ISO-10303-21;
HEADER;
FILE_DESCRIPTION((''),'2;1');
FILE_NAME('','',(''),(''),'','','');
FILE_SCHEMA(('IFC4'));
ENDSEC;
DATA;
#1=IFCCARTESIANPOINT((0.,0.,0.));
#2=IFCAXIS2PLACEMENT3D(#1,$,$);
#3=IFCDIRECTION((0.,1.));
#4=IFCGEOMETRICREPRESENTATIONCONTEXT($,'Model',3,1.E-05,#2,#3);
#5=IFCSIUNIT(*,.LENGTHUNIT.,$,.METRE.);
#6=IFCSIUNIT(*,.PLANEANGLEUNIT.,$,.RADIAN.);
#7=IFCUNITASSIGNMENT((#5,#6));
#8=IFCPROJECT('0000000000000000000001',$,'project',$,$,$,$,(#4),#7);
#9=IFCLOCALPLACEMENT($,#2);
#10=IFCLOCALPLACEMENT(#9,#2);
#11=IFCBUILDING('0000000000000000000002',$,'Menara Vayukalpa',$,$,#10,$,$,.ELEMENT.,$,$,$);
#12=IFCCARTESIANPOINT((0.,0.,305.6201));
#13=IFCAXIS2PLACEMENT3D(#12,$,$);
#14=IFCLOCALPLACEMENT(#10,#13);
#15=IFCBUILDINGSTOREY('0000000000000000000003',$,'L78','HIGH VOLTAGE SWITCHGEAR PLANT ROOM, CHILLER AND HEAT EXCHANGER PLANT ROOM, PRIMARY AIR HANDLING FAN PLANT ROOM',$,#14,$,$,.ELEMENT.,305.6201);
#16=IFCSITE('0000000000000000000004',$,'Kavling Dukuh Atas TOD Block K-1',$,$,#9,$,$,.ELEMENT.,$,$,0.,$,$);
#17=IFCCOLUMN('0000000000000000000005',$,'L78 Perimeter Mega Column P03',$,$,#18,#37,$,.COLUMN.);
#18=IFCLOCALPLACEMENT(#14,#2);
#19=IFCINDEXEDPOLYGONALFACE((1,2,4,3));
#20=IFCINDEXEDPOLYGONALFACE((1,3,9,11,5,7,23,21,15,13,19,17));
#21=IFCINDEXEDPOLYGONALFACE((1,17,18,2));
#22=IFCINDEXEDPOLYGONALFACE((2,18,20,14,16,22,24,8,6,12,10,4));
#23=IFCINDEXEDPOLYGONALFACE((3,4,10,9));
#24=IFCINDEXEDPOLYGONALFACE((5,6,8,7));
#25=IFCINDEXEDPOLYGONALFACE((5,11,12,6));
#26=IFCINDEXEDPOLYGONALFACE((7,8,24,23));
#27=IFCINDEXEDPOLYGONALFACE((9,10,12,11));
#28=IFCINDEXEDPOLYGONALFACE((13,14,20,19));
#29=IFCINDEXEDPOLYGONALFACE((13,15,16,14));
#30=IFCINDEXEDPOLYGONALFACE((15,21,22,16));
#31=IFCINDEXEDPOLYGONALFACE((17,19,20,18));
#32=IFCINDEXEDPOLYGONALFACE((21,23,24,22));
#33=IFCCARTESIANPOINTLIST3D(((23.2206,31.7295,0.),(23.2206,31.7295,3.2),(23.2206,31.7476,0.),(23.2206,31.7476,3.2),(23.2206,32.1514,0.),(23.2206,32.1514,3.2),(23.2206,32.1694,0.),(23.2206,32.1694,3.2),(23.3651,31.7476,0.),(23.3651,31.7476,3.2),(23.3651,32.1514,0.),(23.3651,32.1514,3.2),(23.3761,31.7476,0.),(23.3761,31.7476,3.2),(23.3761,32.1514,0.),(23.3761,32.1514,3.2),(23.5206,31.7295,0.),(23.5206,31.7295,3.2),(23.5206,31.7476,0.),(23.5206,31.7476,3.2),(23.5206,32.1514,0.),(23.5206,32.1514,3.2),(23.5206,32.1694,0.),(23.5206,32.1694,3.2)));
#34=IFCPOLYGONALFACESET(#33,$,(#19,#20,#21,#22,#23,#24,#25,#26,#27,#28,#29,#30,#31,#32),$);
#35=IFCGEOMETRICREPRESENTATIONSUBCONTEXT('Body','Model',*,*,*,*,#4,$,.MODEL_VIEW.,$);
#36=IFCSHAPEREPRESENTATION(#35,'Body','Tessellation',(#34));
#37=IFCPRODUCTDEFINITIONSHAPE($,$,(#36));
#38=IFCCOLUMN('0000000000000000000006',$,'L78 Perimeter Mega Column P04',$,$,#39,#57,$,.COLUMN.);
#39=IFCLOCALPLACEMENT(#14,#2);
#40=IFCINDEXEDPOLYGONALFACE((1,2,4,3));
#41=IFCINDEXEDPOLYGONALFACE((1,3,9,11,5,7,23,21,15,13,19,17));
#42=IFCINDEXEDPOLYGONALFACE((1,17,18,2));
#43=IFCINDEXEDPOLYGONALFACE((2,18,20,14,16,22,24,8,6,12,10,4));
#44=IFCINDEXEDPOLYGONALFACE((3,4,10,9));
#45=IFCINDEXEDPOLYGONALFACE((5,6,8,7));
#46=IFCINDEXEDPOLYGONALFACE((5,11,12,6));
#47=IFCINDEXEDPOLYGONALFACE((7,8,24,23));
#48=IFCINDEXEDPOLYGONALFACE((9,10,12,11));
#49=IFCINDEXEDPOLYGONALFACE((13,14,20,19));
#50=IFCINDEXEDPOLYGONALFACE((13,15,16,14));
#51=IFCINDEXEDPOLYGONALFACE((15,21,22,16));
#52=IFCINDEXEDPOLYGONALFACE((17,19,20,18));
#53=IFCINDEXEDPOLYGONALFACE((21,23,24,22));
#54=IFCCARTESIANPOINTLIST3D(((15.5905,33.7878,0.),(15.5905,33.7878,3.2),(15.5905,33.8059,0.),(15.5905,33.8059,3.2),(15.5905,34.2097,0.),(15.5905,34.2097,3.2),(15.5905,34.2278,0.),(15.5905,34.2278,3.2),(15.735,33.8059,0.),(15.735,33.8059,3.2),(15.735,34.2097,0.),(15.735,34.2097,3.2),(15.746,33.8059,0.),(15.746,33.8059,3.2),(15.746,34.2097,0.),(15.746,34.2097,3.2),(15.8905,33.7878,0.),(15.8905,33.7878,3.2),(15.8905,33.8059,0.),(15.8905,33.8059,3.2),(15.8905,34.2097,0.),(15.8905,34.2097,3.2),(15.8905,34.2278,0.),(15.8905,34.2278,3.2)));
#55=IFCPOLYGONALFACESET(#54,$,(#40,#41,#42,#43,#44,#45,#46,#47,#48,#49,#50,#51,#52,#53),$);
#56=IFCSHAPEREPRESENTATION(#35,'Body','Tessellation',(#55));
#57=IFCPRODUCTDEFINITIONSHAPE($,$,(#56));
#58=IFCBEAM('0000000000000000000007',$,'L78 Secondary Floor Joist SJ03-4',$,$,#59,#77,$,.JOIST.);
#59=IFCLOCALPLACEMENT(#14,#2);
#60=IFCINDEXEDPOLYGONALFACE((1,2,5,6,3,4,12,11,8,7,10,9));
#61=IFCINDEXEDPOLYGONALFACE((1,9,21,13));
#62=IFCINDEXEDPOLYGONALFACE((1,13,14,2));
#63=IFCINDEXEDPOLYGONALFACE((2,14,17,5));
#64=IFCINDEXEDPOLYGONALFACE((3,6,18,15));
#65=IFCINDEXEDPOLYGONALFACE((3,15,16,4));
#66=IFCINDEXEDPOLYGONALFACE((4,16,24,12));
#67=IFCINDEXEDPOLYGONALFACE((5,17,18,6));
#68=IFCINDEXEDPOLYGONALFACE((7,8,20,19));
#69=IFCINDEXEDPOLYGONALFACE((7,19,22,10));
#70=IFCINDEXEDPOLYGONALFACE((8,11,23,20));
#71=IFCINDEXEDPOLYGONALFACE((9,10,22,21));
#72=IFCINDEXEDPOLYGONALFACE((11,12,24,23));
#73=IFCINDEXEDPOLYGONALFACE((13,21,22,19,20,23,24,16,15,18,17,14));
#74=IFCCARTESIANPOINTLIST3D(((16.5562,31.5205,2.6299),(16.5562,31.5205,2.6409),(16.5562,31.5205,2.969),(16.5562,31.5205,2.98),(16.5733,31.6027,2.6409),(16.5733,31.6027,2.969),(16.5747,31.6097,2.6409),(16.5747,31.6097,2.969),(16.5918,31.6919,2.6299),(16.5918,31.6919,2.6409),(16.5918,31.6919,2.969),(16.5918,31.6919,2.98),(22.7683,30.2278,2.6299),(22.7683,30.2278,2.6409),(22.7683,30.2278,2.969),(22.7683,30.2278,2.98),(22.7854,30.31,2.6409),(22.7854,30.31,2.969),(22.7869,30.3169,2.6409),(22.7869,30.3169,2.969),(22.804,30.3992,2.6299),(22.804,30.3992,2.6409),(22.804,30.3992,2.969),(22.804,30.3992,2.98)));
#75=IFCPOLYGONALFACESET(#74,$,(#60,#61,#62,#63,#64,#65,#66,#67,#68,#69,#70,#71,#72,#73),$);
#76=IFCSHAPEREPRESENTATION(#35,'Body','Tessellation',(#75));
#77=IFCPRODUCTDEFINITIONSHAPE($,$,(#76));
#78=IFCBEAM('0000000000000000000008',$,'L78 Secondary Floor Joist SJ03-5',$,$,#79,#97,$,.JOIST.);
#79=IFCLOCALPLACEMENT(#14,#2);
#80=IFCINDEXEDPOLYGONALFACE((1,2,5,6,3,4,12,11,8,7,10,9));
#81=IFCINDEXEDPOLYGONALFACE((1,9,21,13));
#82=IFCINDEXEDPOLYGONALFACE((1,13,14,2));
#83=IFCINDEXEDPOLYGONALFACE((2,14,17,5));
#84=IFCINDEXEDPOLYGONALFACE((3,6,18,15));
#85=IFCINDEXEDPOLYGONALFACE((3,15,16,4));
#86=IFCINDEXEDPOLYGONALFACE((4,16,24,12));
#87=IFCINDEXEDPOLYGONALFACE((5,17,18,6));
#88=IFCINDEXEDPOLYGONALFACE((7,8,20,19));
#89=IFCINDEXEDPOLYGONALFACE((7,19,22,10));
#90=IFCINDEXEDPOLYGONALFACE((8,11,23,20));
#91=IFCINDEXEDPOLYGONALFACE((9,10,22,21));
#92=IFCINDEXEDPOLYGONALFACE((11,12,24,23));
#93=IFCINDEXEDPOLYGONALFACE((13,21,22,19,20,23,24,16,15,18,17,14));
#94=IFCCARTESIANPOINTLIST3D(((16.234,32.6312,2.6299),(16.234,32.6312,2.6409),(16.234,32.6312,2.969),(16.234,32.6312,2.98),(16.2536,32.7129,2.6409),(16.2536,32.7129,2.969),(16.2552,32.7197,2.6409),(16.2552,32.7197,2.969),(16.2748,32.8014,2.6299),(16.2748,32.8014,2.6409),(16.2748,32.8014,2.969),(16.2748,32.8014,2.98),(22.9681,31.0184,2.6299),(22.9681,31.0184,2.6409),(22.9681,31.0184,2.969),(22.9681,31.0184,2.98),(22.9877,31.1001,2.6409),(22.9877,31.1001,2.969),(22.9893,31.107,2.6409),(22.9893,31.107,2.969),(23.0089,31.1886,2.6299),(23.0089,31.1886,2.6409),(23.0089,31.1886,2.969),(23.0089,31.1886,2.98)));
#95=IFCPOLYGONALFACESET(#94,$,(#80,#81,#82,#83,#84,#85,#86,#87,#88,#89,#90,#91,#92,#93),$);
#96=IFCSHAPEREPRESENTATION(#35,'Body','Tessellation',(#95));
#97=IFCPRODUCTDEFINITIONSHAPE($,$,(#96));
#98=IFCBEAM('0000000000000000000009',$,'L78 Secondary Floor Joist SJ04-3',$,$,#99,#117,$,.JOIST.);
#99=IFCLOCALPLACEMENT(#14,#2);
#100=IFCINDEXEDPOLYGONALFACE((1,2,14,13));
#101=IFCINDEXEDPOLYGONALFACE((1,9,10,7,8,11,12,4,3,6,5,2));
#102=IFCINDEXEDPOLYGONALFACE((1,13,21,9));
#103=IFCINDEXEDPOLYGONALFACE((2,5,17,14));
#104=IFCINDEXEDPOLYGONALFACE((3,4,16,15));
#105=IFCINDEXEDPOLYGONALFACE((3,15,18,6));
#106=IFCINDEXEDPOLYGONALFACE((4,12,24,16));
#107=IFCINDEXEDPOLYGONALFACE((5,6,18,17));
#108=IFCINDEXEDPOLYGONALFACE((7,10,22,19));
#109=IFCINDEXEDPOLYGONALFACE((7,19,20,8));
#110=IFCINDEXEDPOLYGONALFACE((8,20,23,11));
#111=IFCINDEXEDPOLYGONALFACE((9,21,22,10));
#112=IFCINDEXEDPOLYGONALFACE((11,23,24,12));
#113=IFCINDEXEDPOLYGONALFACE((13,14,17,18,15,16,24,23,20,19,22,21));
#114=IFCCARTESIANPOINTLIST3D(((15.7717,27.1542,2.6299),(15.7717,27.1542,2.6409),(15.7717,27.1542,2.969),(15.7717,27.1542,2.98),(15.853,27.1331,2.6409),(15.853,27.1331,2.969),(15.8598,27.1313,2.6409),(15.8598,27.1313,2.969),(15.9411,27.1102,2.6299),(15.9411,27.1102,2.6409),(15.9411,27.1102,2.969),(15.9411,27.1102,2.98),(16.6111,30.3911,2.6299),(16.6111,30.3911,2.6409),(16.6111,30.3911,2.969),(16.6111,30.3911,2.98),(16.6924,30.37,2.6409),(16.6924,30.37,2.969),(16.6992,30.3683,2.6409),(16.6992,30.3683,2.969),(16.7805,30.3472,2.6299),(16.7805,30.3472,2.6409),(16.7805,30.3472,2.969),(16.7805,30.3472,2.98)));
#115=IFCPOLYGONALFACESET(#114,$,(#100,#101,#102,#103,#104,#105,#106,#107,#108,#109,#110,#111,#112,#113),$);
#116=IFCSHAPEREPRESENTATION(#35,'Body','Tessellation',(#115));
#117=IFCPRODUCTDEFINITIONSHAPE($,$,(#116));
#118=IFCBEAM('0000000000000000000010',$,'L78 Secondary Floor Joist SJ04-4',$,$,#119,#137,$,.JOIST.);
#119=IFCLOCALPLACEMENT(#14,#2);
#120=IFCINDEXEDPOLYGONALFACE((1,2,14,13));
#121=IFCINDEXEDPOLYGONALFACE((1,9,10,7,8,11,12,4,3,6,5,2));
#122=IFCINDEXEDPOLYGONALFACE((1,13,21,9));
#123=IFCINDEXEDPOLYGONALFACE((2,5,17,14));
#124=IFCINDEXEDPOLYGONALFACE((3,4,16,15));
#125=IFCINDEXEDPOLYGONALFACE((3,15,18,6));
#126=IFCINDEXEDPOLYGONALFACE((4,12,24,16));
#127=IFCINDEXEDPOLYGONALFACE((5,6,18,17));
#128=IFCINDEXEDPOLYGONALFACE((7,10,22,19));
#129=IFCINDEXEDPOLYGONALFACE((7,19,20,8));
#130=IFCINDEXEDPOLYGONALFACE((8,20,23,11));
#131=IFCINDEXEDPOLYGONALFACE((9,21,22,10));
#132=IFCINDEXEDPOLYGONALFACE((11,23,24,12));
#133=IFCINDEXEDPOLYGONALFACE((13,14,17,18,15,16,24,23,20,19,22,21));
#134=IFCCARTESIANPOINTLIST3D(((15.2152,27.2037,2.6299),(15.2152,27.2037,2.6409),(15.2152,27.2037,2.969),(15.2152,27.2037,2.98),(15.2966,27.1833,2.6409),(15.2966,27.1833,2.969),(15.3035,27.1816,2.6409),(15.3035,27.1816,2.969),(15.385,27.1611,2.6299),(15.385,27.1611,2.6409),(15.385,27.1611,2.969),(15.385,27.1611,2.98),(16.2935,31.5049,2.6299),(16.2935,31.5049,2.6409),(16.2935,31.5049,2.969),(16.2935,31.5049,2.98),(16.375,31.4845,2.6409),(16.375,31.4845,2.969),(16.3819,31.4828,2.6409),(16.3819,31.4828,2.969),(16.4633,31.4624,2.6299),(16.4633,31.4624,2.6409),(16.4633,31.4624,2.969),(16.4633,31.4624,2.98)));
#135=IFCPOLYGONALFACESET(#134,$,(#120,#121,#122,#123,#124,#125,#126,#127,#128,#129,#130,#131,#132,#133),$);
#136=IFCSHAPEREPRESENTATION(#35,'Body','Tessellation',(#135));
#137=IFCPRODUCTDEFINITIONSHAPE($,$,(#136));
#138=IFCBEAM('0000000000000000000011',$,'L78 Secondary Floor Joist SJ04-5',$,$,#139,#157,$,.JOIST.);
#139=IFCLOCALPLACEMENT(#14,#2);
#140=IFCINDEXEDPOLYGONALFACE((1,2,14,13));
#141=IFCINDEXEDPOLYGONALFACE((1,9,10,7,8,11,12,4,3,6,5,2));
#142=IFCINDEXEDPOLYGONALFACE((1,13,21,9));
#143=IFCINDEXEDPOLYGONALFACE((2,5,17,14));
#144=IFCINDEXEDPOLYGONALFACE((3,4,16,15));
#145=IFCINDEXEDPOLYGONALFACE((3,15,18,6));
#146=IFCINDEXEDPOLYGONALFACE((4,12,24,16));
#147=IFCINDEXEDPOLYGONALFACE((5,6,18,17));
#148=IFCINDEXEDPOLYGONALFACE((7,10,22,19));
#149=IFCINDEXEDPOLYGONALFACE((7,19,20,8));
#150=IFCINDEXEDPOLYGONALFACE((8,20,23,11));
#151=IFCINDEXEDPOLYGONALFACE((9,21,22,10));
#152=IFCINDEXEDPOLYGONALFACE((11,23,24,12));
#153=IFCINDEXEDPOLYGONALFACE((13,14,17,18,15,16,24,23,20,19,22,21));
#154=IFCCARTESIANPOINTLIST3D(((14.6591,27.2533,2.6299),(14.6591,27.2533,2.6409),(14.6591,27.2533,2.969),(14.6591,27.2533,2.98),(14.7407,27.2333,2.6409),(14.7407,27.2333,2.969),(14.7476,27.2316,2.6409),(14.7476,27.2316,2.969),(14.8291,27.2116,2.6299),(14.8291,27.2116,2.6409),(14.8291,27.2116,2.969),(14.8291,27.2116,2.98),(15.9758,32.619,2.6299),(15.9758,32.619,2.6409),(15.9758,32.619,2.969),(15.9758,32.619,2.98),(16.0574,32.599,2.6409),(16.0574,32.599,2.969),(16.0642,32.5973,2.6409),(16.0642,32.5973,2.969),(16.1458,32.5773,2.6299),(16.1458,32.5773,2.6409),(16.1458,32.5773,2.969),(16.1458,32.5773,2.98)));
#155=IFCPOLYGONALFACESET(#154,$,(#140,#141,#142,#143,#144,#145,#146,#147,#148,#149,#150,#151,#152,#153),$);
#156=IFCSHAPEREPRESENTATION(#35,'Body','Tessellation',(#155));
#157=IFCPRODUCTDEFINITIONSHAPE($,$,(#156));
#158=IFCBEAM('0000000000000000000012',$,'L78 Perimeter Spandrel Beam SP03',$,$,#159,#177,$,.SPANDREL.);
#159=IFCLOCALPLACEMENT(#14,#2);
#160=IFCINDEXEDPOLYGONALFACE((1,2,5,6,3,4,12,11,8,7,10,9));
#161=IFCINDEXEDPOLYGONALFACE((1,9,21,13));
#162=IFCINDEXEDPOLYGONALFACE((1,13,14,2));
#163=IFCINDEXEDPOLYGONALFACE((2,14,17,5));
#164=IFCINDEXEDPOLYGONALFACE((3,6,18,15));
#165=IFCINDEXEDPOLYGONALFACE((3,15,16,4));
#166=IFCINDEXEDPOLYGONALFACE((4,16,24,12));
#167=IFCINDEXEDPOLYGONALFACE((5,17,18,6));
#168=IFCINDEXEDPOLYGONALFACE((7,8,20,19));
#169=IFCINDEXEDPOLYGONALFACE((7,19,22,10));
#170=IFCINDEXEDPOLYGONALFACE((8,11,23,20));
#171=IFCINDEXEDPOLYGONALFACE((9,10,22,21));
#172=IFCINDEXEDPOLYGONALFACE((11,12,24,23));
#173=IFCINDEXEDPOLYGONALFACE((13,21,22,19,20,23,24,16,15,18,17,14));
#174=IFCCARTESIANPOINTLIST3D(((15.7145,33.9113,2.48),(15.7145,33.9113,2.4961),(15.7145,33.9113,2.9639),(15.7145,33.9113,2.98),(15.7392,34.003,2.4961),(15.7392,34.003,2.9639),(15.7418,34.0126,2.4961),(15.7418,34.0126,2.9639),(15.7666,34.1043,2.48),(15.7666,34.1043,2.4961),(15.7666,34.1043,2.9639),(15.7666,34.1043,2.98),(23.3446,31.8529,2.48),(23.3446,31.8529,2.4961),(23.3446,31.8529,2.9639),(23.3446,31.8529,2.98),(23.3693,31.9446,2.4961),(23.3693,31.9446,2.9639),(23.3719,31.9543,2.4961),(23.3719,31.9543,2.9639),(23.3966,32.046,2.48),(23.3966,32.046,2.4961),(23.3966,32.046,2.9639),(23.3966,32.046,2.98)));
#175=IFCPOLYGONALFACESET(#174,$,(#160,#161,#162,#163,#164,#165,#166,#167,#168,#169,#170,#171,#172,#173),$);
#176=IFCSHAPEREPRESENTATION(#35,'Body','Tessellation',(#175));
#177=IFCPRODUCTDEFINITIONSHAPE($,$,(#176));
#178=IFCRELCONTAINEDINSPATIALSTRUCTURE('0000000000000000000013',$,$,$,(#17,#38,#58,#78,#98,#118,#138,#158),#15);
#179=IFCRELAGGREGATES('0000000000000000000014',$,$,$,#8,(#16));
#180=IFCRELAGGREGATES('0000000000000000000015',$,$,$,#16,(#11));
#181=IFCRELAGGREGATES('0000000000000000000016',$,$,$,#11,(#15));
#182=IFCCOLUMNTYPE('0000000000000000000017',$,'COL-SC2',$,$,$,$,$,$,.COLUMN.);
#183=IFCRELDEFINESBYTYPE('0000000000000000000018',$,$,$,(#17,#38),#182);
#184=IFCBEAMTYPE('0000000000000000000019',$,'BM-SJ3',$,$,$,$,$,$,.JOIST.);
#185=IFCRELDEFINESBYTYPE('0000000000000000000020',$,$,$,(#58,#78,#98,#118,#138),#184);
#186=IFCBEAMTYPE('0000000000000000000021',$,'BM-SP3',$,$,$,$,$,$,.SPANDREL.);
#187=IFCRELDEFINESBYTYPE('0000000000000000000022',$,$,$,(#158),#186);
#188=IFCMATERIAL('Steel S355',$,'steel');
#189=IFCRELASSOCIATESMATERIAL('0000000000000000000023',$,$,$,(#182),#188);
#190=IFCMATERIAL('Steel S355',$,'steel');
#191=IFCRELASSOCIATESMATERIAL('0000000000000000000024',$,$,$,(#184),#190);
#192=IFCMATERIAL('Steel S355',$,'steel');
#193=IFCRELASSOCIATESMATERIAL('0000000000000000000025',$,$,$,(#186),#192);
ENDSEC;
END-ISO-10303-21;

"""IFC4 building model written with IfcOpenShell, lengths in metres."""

from ifc_helpers import new_model, si_unit, direction, frame, origin, origin_2d, place, context, subcontext, project, spatial, i_section, extrude, material, material_profile, profile_set, type_object, element, save


model = new_model("IFC4")

# Units and contexts
model_context = context("Model", 3, precision=1e-05, world=origin(), true_north=direction((0.0, 1.0)))
body_context = subcontext(model_context, "Body", "Model", "MODEL_VIEW")
ifc_project = project(units=[si_unit("LENGTHUNIT", "METRE"), si_unit("PLANEANGLEUNIT", "RADIAN")], contexts=[model_context])

# Site, building, storey
site_placement = place(None, origin())
site = spatial("IfcSite", under=ifc_project, at=site_placement, Name="Kavling Dukuh Atas TOD Block K-1", CompositionType="ELEMENT", RefElevation=0.0)
building_placement = place(site_placement, origin())
building = spatial("IfcBuilding", under=site, at=building_placement, Name="Menara Vayukalpa", CompositionType="ELEMENT")
storey_placement = place(building_placement, frame((0.0, 0.0, 305.6201)))
storey = spatial("IfcBuildingStorey", under=building, at=storey_placement, Name="L78", Description="HIGH VOLTAGE SWITCHGEAR PLANT ROOM, CHILLER AND HEAT EXCHANGER PLANT ROOM, PRIMARY AIR HANDLING FAN PLANT ROOM", CompositionType="ELEMENT", Elevation=305.6201)

# Columns
ifc_material_1 = material(Name="Steel S355", Category="steel")
ifc_material_profile_1 = material_profile(ifc_material_1, i_section(OverallWidth=0.3, OverallDepth=0.4399, WebThickness=0.011, FlangeThickness=0.0181, at=origin_2d()), Name="H 440x300x11x18")
ifc_profile_set_1 = profile_set([ifc_material_profile_1], Name="Steel S355")
column_type = type_object("IfcColumnType", Name="COL-SC2", PredefinedType="COLUMN", material=ifc_profile_set_1)
for number, where, z_axis, x_axis, name in (
    (1, (23.3706, 31.9495, 0.0), (0.0, 0.0, 1.0), (1.0, 0.0, 0.0), "L78 Perimeter Mega Column P03"),
    (2, (15.7405, 34.0078, 0.0), (0.0, 0.0, 1.0), (1.0, 0.0, 0.0), "L78 Perimeter Mega Column P04"),
):
    element("IfcColumn", number, at=place(storey_placement, frame(where, z_axis=z_axis, x_axis=x_axis)), inside=storey, type_object=column_type, Name=name, PredefinedType="COLUMN", context=body_context, shape_type="SweptSolid", body=[
        extrude(i_section(OverallWidth=0.3, OverallDepth=0.4399, WebThickness=0.011, FlangeThickness=0.0181, at=origin_2d()), origin(), (0.0, 0.0, 1.0), 3.2),
    ])

# Beams
ifc_material_2 = material(Name="Steel S355", Category="steel")
ifc_material_profile_2 = material_profile(ifc_material_2, i_section(OverallWidth=0.175, OverallDepth=0.3501, WebThickness=0.0071, FlangeThickness=0.011, at=origin_2d()), Name="WF 350x175x7x11")
ifc_profile_set_2 = profile_set([ifc_material_profile_2], Name="Steel S355")
beam_type_1 = type_object("IfcBeamType", Name="BM-SJ3", PredefinedType="JOIST", material=ifc_profile_set_2)
beam_1_placement = place(storey_placement, frame((22.7861, 30.3135, 2.8049), z_axis=(-0.979027, 0.203731, 0.0), x_axis=(-0.203731, -0.979027, 0.0)))
element("IfcBeam", 3, at=beam_1_placement, inside=storey, type_object=beam_type_1, Name="L78 Secondary Floor Joist SJ03-4", PredefinedType="JOIST", context=body_context, shape_type="SweptSolid", body=[
    extrude(i_section(OverallWidth=0.175, OverallDepth=0.3501, WebThickness=0.0071, FlangeThickness=0.011, at=origin_2d()), origin(), (0.0, 0.0, 1.0), 6.3452),
])
beam_2_placement = place(storey_placement, frame((22.9885, 31.1035, 2.8049), z_axis=(-0.972499, 0.232909, 0.0), x_axis=(-0.232909, -0.972499, 0.0)))
element("IfcBeam", 4, at=beam_2_placement, inside=storey, type_object=beam_type_1, Name="L78 Secondary Floor Joist SJ03-5", PredefinedType="JOIST", context=body_context, shape_type="SweptSolid", body=[
    extrude(i_section(OverallWidth=0.175, OverallDepth=0.3501, WebThickness=0.0071, FlangeThickness=0.011, at=origin_2d()), origin(), (0.0, 0.0, 1.0), 6.9246),
])
beam_3_placement = place(storey_placement, frame((16.6958, 30.3691, 2.8049), z_axis=(-0.251013, -0.967984, 0.0), x_axis=(0.967984, -0.251013, 0.0)))
element("IfcBeam", 5, at=beam_3_placement, inside=storey, type_object=beam_type_1, Name="L78 Secondary Floor Joist SJ04-3", PredefinedType="JOIST", context=body_context, shape_type="SweptSolid", body=[
    extrude(i_section(OverallWidth=0.175, OverallDepth=0.3501, WebThickness=0.0071, FlangeThickness=0.011, at=origin_2d()), origin(), (0.0, 0.0, 1.0), 3.344),
])
beam_4_placement = place(storey_placement, frame((16.3784, 31.4836, 2.8049), z_axis=(-0.243183, -0.96998, 0.0), x_axis=(0.96998, -0.243183, 0.0)))
element("IfcBeam", 6, at=beam_4_placement, inside=storey, type_object=beam_type_1, Name="L78 Secondary Floor Joist SJ04-4", PredefinedType="JOIST", context=body_context, shape_type="SweptSolid", body=[
    extrude(i_section(OverallWidth=0.175, OverallDepth=0.3501, WebThickness=0.0071, FlangeThickness=0.011, at=origin_2d()), origin(), (0.0, 0.0, 1.0), 4.4343),
])
beam_5_placement = place(storey_placement, frame((16.0608, 32.5981, 2.8049), z_axis=(-0.238312, -0.971189, 0.0), x_axis=(0.971189, -0.238312, 0.0)))
element("IfcBeam", 7, at=beam_5_placement, inside=storey, type_object=beam_type_1, Name="L78 Secondary Floor Joist SJ04-5", PredefinedType="JOIST", context=body_context, shape_type="SweptSolid", body=[
    extrude(i_section(OverallWidth=0.175, OverallDepth=0.3501, WebThickness=0.0071, FlangeThickness=0.011, at=origin_2d()), origin(), (0.0, 0.0, 1.0), 5.5249),
])
ifc_material_3 = material(Name="Steel S355", Category="steel")
ifc_material_profile_3 = material_profile(ifc_material_3, i_section(OverallWidth=0.2, OverallDepth=0.5, WebThickness=0.01, FlangeThickness=0.0161, at=origin_2d()), Name="WF 500x200x10x16")
ifc_profile_set_3 = profile_set([ifc_material_profile_3], Name="Steel S355")
beam_type_2 = type_object("IfcBeamType", Name="BM-SP3", PredefinedType="SPANDREL", material=ifc_profile_set_3)
beam_6_placement = place(storey_placement, frame((23.3706, 31.9495, 2.73), z_axis=(-0.965486, 0.260455, 0.0), x_axis=(-0.260455, -0.965486, 0.0)))
element("IfcBeam", 8, at=beam_6_placement, inside=storey, type_object=beam_type_2, Name="L78 Perimeter Spandrel Beam SP03", PredefinedType="SPANDREL", context=body_context, shape_type="SweptSolid", body=[
    extrude(i_section(OverallWidth=0.2, OverallDepth=0.5, WebThickness=0.01, FlangeThickness=0.0161, at=origin_2d()), origin(), (0.0, 0.0, 1.0), 7.9028),
])

save(model, "model.ifc")
